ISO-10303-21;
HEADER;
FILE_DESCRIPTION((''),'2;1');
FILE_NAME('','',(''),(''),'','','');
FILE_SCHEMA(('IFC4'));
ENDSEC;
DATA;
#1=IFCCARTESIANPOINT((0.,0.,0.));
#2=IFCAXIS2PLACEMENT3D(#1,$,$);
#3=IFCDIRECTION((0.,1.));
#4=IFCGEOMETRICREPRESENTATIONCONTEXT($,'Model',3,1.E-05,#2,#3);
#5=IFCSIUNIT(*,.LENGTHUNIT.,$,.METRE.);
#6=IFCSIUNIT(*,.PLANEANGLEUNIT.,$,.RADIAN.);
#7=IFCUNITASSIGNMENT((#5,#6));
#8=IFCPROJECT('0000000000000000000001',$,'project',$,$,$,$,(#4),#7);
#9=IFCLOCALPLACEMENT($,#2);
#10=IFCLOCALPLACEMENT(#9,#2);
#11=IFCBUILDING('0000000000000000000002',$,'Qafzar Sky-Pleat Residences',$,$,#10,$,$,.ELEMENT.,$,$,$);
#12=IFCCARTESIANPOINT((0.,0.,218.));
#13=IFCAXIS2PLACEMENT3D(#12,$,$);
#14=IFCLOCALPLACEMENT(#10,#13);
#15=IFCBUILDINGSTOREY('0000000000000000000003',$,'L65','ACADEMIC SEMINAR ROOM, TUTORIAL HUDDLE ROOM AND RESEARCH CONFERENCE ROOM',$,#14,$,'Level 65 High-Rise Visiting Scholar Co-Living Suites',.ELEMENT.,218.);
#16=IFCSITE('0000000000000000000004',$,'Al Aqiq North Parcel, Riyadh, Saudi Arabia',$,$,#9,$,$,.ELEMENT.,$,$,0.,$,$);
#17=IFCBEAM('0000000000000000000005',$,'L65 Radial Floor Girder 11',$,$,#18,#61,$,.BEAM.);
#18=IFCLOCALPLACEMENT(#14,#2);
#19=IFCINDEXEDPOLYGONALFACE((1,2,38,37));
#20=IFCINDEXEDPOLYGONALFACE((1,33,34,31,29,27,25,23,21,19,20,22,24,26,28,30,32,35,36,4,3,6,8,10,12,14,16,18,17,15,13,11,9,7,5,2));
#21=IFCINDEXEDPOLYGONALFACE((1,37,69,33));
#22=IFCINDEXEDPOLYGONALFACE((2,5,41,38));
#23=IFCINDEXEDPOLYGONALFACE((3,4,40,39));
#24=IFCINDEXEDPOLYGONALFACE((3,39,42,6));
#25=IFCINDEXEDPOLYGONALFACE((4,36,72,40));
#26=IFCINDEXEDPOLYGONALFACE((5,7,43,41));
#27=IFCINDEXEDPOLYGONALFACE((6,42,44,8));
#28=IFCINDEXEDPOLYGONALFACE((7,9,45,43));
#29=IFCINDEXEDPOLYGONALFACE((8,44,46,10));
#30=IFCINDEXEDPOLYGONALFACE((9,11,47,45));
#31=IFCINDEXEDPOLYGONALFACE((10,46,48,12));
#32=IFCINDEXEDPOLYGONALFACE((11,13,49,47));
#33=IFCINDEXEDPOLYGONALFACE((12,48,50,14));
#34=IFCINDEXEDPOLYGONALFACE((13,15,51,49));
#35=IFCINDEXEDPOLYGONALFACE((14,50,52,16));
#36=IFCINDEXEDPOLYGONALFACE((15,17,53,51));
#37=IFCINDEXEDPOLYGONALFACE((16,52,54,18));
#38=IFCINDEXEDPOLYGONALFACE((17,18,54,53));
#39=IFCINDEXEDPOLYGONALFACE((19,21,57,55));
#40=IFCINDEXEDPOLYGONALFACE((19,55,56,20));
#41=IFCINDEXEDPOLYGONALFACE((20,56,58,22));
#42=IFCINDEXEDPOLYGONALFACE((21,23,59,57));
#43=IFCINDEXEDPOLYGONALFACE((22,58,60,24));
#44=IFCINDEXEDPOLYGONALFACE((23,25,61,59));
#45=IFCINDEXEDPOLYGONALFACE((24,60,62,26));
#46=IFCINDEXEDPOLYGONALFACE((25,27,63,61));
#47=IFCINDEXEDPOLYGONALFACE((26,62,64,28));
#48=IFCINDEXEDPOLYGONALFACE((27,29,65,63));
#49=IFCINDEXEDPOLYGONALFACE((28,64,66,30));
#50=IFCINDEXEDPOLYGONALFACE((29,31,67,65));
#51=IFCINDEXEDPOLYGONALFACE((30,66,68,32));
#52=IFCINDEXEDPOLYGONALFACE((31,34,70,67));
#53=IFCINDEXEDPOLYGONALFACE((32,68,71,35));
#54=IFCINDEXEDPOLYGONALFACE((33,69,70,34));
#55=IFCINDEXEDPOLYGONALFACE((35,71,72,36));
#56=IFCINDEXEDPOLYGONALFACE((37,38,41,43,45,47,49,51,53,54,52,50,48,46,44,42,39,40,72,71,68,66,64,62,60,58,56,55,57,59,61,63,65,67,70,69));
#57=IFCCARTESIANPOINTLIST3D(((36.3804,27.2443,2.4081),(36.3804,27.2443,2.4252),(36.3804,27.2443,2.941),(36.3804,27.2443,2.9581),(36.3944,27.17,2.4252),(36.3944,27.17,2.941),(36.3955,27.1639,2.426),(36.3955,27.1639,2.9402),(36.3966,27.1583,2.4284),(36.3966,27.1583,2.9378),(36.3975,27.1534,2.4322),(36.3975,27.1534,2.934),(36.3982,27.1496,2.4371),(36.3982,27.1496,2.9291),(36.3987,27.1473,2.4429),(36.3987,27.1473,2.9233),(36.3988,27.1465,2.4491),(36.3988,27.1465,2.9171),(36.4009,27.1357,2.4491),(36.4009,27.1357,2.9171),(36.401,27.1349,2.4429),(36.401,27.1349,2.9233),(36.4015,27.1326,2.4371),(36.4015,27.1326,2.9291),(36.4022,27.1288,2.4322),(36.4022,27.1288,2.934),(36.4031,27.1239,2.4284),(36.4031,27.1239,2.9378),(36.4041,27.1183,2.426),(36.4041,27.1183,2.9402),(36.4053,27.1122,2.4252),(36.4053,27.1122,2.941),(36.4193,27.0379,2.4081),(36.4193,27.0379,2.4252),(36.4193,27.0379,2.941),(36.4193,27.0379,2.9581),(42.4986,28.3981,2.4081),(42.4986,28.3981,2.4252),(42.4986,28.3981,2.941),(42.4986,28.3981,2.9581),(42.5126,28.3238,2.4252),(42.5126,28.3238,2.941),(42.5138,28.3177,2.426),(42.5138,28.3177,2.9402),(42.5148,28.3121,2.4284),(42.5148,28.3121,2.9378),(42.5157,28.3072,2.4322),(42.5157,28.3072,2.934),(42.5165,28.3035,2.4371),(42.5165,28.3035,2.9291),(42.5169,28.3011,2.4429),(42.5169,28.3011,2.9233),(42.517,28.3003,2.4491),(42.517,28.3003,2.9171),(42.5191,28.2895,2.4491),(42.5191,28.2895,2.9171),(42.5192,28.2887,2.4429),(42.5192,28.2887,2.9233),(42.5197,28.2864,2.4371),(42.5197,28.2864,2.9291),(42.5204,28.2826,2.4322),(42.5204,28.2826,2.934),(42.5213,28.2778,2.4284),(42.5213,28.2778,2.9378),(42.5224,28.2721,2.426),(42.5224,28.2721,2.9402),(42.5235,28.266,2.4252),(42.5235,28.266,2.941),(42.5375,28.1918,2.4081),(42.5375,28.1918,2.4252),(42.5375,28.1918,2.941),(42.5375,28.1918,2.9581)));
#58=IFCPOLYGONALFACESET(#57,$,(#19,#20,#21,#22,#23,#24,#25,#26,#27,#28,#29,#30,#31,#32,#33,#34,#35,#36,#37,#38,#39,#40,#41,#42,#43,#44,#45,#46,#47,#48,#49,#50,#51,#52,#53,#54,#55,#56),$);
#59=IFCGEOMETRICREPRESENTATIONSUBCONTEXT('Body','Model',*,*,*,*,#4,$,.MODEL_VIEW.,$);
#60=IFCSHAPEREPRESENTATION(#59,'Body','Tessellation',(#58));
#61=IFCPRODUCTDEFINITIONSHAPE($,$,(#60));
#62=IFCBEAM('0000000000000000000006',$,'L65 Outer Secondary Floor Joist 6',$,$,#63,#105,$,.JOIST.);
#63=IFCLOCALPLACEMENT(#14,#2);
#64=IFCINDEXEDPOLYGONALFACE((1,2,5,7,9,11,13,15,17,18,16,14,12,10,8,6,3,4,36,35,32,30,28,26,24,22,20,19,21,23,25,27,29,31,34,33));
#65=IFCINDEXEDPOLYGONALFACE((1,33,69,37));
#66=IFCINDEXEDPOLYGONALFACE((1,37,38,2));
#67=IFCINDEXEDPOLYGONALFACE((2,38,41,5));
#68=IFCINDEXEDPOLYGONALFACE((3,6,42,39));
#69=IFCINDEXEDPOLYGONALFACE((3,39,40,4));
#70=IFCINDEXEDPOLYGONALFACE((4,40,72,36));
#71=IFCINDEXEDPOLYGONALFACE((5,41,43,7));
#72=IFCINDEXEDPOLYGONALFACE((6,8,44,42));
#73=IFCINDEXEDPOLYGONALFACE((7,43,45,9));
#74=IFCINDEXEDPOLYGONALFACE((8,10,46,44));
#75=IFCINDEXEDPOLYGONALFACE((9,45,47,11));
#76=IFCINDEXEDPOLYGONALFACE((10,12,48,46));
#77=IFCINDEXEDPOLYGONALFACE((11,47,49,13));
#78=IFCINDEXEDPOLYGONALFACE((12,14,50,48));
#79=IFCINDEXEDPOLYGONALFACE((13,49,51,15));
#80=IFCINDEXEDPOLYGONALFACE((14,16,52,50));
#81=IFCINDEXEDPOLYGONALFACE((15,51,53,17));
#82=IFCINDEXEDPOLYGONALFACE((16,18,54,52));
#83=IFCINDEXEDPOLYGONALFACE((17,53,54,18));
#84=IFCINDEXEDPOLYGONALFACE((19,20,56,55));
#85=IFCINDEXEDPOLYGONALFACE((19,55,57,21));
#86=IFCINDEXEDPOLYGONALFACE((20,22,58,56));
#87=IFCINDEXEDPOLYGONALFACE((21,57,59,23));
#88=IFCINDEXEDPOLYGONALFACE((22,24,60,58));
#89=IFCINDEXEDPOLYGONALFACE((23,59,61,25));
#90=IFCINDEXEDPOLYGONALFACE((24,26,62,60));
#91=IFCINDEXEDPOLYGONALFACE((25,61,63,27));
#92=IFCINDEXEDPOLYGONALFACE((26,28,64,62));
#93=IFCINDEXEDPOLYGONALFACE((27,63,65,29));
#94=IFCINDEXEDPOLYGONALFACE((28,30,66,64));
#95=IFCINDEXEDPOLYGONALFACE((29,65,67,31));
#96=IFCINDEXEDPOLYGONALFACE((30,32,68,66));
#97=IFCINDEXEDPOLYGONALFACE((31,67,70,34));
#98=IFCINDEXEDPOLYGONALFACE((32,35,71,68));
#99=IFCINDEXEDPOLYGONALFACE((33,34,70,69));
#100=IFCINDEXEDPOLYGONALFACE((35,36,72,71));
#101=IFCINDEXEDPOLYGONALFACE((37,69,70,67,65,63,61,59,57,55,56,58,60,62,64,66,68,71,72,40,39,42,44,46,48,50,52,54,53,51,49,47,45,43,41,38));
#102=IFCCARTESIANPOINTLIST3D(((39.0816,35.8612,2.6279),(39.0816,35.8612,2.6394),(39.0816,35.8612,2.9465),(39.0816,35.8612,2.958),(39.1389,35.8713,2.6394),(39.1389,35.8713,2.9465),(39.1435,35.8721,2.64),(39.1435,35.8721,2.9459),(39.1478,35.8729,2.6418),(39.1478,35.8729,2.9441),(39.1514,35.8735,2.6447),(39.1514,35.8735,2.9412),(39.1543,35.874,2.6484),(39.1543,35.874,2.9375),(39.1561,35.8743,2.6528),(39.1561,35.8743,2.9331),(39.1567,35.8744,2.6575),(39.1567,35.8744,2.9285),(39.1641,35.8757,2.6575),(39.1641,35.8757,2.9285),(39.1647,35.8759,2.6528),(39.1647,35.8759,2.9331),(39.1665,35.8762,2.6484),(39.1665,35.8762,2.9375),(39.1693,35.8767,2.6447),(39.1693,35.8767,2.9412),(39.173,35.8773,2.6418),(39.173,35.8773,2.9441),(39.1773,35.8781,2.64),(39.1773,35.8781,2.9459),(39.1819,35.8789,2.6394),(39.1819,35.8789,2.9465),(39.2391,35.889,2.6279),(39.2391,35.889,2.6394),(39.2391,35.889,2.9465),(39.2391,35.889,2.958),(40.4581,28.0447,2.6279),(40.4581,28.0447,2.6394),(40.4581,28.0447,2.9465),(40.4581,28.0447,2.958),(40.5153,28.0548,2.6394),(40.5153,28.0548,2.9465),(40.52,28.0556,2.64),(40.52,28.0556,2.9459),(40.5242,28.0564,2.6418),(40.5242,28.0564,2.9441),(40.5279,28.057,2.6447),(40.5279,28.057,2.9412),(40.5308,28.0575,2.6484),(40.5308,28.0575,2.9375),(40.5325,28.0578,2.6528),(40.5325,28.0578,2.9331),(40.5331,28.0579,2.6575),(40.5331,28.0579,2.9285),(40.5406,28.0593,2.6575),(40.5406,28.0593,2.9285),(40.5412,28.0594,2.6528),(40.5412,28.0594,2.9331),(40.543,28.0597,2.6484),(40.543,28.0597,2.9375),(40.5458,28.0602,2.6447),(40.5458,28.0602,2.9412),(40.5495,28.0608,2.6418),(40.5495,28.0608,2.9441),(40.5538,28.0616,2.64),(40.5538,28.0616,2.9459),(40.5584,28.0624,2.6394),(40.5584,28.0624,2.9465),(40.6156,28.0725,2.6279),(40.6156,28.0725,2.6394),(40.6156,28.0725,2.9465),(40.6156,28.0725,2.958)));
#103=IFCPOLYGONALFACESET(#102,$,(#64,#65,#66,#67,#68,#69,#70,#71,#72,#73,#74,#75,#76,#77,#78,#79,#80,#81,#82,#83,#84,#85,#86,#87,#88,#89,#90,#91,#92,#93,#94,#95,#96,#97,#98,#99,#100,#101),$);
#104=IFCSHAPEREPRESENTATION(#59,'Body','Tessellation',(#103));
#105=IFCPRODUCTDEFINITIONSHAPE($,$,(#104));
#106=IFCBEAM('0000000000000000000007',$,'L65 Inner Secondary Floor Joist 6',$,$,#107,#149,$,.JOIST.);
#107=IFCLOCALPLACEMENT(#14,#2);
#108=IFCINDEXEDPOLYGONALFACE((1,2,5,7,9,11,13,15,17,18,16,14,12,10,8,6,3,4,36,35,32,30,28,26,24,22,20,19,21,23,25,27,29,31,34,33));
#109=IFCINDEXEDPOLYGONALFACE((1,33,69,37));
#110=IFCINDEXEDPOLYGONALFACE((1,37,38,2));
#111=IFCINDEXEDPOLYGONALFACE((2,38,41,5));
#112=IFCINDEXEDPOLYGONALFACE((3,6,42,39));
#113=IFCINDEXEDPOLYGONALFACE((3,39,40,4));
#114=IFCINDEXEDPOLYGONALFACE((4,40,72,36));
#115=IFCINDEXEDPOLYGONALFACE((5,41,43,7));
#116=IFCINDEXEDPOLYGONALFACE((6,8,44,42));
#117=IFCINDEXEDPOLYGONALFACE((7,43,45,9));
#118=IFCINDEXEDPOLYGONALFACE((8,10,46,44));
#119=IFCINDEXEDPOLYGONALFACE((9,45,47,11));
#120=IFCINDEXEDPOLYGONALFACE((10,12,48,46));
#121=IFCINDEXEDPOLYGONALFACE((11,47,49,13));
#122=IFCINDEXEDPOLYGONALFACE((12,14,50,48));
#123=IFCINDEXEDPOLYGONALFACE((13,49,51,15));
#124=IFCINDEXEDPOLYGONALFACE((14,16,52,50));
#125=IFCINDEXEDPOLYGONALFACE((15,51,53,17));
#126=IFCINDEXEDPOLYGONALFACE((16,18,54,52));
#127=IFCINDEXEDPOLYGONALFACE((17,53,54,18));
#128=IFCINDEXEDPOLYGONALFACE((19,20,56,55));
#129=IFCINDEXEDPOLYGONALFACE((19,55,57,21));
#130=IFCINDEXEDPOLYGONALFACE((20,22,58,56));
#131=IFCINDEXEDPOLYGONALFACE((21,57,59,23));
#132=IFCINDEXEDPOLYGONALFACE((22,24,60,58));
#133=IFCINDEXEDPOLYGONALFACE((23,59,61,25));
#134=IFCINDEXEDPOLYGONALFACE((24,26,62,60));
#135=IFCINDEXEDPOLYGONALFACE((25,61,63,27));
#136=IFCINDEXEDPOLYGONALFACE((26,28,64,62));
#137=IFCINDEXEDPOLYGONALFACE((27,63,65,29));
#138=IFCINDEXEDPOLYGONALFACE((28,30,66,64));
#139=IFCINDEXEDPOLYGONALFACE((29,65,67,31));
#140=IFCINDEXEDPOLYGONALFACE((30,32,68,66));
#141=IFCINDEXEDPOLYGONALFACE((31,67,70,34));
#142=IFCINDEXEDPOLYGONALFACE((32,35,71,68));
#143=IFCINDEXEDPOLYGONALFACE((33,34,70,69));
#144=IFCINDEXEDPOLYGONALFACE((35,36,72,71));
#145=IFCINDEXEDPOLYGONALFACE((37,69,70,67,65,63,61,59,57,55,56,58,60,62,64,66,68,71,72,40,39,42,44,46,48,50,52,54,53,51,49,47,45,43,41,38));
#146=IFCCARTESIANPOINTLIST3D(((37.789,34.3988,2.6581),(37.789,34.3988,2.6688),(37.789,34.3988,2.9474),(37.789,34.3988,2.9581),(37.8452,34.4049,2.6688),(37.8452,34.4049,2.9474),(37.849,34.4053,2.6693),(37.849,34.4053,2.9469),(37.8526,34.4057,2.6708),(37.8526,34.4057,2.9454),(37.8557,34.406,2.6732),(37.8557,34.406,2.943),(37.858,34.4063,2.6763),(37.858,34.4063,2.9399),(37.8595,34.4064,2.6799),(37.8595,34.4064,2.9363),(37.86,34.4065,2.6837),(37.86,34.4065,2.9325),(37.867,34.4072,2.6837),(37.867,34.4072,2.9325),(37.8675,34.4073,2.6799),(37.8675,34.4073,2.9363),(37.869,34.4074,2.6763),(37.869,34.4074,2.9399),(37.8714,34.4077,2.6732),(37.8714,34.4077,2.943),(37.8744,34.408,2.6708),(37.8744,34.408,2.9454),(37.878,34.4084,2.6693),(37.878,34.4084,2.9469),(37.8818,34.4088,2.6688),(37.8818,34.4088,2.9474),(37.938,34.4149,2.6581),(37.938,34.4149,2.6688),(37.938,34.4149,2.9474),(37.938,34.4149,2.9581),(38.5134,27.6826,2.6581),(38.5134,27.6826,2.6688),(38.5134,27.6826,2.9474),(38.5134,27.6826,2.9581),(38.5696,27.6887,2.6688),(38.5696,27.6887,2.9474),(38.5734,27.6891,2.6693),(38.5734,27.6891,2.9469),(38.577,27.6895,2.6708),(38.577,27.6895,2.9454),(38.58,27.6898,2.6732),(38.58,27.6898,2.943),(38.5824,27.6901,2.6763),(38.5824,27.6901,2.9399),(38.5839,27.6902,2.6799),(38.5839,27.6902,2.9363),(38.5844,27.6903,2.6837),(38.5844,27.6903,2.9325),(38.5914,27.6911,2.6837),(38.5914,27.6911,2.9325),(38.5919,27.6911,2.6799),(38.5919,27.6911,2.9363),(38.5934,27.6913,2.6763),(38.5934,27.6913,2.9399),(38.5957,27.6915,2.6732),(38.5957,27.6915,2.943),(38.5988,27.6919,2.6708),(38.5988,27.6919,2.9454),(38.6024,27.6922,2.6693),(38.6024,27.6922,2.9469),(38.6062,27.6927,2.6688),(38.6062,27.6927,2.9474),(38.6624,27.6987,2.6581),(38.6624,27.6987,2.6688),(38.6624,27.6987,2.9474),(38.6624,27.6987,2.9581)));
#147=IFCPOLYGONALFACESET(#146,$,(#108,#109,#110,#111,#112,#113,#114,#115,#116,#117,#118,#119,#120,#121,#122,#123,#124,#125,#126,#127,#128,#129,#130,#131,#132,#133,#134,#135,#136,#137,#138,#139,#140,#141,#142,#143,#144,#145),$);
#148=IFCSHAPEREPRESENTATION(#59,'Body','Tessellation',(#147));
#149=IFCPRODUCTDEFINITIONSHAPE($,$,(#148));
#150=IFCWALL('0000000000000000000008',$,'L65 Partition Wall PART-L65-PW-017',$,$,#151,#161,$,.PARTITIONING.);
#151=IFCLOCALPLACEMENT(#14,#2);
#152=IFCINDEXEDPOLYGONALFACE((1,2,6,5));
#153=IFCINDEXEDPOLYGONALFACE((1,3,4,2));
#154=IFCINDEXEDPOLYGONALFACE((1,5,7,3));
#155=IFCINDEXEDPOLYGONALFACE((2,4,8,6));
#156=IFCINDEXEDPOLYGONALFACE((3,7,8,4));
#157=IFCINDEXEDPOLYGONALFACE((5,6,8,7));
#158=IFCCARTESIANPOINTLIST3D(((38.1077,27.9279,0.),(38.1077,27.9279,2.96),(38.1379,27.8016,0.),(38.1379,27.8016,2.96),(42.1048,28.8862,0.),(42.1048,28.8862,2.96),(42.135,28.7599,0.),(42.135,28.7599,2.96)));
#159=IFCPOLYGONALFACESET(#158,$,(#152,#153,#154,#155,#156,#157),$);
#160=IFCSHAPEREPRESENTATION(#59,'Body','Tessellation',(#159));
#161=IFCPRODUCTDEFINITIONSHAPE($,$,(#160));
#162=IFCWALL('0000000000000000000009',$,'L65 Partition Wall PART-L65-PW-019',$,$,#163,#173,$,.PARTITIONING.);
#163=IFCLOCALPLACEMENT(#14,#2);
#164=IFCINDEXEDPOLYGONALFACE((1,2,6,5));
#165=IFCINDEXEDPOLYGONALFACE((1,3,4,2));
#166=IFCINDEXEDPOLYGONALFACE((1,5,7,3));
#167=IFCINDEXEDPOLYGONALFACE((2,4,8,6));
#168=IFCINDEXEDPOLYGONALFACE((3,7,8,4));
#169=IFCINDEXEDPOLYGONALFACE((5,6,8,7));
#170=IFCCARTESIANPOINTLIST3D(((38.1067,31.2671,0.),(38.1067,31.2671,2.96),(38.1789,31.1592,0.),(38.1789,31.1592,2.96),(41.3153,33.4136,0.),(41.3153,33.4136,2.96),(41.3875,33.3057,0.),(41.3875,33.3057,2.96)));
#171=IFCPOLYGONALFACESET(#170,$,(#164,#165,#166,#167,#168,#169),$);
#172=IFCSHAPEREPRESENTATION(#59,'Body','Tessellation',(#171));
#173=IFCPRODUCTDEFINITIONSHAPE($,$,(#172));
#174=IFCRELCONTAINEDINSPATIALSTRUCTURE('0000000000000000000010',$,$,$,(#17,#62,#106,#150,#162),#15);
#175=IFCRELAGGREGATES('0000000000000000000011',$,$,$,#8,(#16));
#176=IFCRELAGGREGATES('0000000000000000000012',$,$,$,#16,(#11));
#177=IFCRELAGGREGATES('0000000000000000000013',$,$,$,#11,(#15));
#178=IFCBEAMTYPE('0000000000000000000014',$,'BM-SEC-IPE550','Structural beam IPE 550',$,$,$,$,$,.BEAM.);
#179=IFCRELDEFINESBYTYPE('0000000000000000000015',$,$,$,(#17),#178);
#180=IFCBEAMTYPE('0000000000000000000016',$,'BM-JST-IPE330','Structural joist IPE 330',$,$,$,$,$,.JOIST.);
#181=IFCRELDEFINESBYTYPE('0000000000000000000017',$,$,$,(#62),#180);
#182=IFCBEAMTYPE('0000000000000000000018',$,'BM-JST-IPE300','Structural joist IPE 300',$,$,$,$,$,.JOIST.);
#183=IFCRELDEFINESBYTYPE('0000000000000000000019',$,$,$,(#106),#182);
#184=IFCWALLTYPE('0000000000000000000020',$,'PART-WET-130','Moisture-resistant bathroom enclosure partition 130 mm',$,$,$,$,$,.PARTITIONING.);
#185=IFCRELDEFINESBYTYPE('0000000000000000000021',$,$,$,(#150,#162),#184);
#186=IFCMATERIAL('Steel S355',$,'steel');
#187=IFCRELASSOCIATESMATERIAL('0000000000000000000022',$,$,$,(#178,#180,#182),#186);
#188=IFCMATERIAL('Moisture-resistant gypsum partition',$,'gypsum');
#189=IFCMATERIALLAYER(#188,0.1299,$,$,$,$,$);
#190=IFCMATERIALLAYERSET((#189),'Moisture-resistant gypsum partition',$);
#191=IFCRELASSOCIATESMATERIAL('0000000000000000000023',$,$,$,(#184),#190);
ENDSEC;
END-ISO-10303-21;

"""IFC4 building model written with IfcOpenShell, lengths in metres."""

from ifc_helpers import new_model, si_unit, direction, frame, frame_2d, origin, origin_2d, place, context, subcontext, project, spatial, rectangle, i_section, extrude, source, transform, mapped, material, layer, layer_set, material_profile, profile_set, type_object, element, save


model = new_model("IFC4")

# Units and contexts
model_context = context("Model", 3, precision=1e-05, world=origin(), true_north=direction((0.0, 1.0)))
body_context = subcontext(model_context, "Body", "Model", "MODEL_VIEW")
ifc_project = project(units=[si_unit("LENGTHUNIT", "METRE"), si_unit("PLANEANGLEUNIT", "RADIAN")], contexts=[model_context])

# Site, building, storey
site_placement = place(None, origin())
site = spatial("IfcSite", under=ifc_project, at=site_placement, Name="Al Aqiq North Parcel, Riyadh, Saudi Arabia", CompositionType="ELEMENT", RefElevation=0.0)
building_placement = place(site_placement, origin())
building = spatial("IfcBuilding", under=site, at=building_placement, Name="Qafzar Sky-Pleat Residences", CompositionType="ELEMENT")
storey_placement = place(building_placement, frame((0.0, 0.0, 218.0)))
storey = spatial("IfcBuildingStorey", under=building, at=storey_placement, Name="L65", Description="ACADEMIC SEMINAR ROOM, TUTORIAL HUDDLE ROOM AND RESEARCH CONFERENCE ROOM", LongName="Level 65 High-Rise Visiting Scholar Co-Living Suites", CompositionType="ELEMENT", Elevation=218.0)

# Shared definitions
ifc_material_1 = material(Name="Steel S355", Category="steel")

# Beams
ifc_material_profile_1 = material_profile(ifc_material_1, i_section(OverallWidth=0.21, OverallDepth=0.55, WebThickness=0.011, FlangeThickness=0.0171, FilletRadius=0.0239, at=origin_2d()), Name="IPE 550")
ifc_profile_set_1 = profile_set([ifc_material_profile_1], Name="Steel S355")
beam_type_1 = type_object("IfcBeamType", Name="BM-SEC-IPE550", Description="Structural beam IPE 550", PredefinedType="BEAM", material=ifc_profile_set_1)
shared_shape_1 = source(origin(), body_context, "Body", "SweptSolid", [
    extrude(i_section(OverallWidth=0.21, OverallDepth=0.55, WebThickness=0.011, FlangeThickness=0.0171, FilletRadius=0.0239, at=origin_2d()), origin(), (0.0, 0.0, 1.0), 6.2261),
])
beam_1_placement = place(storey_placement, frame((42.5181, 28.2949, 2.6831), z_axis=(-0.982678, -0.185321, 0.0), x_axis=(0.185321, -0.982678, 0.0)))
element("IfcBeam", 1, at=beam_1_placement, inside=storey, type_object=beam_type_1, Name="L65 Radial Floor Girder 11", PredefinedType="BEAM", context=body_context, shape_type="MappedRepresentation", body=[
    mapped(shared_shape_1, transform((0.0, 0.0, 0.0), x_axis=(1.0, 0.0, 0.0), y_axis=(0.0, 1.0, 0.0), z_axis=(0.0, 0.0, 1.0), scale=1.0)),
])
ifc_material_profile_2 = material_profile(ifc_material_1, i_section(OverallWidth=0.1599, OverallDepth=0.3301, WebThickness=0.0076, FlangeThickness=0.0115, FilletRadius=0.0181, at=origin_2d()), Name="IPE 330")
ifc_profile_set_2 = profile_set([ifc_material_profile_2], Name="Steel S355")
beam_type_2 = type_object("IfcBeamType", Name="BM-JST-IPE330", Description="Structural joist IPE 330", PredefinedType="JOIST", material=ifc_profile_set_2)
shared_shape_2 = source(origin(), body_context, "Body", "SweptSolid", [
    extrude(i_section(OverallWidth=0.1599, OverallDepth=0.3301, WebThickness=0.0076, FlangeThickness=0.0115, FilletRadius=0.0181, at=origin_2d()), origin(), (0.0, 0.0, 1.0), 7.9368),
])
beam_2_placement = place(storey_placement, frame((40.5369, 28.0586, 2.793), z_axis=(-0.173431, 0.984846, 0.0), x_axis=(-0.984846, -0.173431, 0.0)))
element("IfcBeam", 2, at=beam_2_placement, inside=storey, type_object=beam_type_2, Name="L65 Outer Secondary Floor Joist 6", PredefinedType="JOIST", context=body_context, shape_type="MappedRepresentation", body=[
    mapped(shared_shape_2, transform((0.0, 0.0, 0.0), x_axis=(1.0, 0.0, 0.0), y_axis=(0.0, 1.0, 0.0), z_axis=(0.0, 0.0, 1.0), scale=1.0)),
])
ifc_material_profile_3 = material_profile(ifc_material_1, i_section(OverallWidth=0.1499, OverallDepth=0.3, WebThickness=0.0071, FlangeThickness=0.0107, FilletRadius=0.0149, at=origin_2d()), Name="IPE 300")
ifc_profile_set_3 = profile_set([ifc_material_profile_3], Name="Steel S355")
beam_type_3 = type_object("IfcBeamType", Name="BM-JST-IPE300", Description="Structural joist IPE 300", PredefinedType="JOIST", material=ifc_profile_set_3)
shared_shape_3 = source(origin(), body_context, "Body", "SweptSolid", [
    extrude(i_section(OverallWidth=0.1499, OverallDepth=0.3, WebThickness=0.0071, FlangeThickness=0.0107, FilletRadius=0.0149, at=origin_2d()), origin(), (0.0, 0.0, 1.0), 6.7551),
])
beam_3_placement = place(storey_placement, frame((38.5879, 27.6907, 2.8081), z_axis=(-0.107234, 0.994234, 0.0), x_axis=(-0.994234, -0.107234, 0.0)))
element("IfcBeam", 3, at=beam_3_placement, inside=storey, type_object=beam_type_3, Name="L65 Inner Secondary Floor Joist 6", PredefinedType="JOIST", context=body_context, shape_type="MappedRepresentation", body=[
    mapped(shared_shape_3, transform((0.0, 0.0, 0.0), x_axis=(1.0, 0.0, 0.0), y_axis=(0.0, 1.0, 0.0), z_axis=(0.0, 0.0, 1.0), scale=1.0)),
])

# Walls
ifc_material_2 = material(Name="Moisture-resistant gypsum partition", Category="gypsum")
ifc_layer_1 = layer(ifc_material_2, 0.1299)
ifc_layer_set_1 = layer_set([ifc_layer_1], Name="Moisture-resistant gypsum partition")
wall_type_1 = type_object("IfcWallType", Name="PART-WET-130", Description="Moisture-resistant bathroom enclosure partition 130 mm", PredefinedType="PARTITIONING", material=ifc_layer_set_1)
wall_1_placement = place(storey_placement, frame((38.1228, 27.8647, 0.0), z_axis=(0.0, 0.0, 1.0), x_axis=(0.972445, 0.233133, 0.0)))
element("IfcWall", 4, at=wall_1_placement, inside=storey, type_object=wall_type_1, Name="L65 Partition Wall PART-L65-PW-017", PredefinedType="PARTITIONING", context=body_context, shape_type="SweptSolid", body=[
    extrude(rectangle(XDim=4.1104, YDim=0.1299, at=frame_2d((2.0552, 0.0))), origin(), (0.0, 0.0, 1.0), 2.96),
])
wall_2_placement = place(storey_placement, frame((38.1428, 31.2131, 0.0), z_axis=(0.0, 0.0, 1.0), x_axis=(0.831154, 0.556042, 0.0)))
element("IfcWall", 5, at=wall_2_placement, inside=storey, type_object=wall_type_1, Name="L65 Partition Wall PART-L65-PW-019", PredefinedType="PARTITIONING", context=body_context, shape_type="SweptSolid", body=[
    extrude(rectangle(XDim=3.8604, YDim=0.1299, at=frame_2d((1.9302, 0.0))), origin(), (0.0, 0.0, 1.0), 2.96),
])

save(model, "model.ifc")
